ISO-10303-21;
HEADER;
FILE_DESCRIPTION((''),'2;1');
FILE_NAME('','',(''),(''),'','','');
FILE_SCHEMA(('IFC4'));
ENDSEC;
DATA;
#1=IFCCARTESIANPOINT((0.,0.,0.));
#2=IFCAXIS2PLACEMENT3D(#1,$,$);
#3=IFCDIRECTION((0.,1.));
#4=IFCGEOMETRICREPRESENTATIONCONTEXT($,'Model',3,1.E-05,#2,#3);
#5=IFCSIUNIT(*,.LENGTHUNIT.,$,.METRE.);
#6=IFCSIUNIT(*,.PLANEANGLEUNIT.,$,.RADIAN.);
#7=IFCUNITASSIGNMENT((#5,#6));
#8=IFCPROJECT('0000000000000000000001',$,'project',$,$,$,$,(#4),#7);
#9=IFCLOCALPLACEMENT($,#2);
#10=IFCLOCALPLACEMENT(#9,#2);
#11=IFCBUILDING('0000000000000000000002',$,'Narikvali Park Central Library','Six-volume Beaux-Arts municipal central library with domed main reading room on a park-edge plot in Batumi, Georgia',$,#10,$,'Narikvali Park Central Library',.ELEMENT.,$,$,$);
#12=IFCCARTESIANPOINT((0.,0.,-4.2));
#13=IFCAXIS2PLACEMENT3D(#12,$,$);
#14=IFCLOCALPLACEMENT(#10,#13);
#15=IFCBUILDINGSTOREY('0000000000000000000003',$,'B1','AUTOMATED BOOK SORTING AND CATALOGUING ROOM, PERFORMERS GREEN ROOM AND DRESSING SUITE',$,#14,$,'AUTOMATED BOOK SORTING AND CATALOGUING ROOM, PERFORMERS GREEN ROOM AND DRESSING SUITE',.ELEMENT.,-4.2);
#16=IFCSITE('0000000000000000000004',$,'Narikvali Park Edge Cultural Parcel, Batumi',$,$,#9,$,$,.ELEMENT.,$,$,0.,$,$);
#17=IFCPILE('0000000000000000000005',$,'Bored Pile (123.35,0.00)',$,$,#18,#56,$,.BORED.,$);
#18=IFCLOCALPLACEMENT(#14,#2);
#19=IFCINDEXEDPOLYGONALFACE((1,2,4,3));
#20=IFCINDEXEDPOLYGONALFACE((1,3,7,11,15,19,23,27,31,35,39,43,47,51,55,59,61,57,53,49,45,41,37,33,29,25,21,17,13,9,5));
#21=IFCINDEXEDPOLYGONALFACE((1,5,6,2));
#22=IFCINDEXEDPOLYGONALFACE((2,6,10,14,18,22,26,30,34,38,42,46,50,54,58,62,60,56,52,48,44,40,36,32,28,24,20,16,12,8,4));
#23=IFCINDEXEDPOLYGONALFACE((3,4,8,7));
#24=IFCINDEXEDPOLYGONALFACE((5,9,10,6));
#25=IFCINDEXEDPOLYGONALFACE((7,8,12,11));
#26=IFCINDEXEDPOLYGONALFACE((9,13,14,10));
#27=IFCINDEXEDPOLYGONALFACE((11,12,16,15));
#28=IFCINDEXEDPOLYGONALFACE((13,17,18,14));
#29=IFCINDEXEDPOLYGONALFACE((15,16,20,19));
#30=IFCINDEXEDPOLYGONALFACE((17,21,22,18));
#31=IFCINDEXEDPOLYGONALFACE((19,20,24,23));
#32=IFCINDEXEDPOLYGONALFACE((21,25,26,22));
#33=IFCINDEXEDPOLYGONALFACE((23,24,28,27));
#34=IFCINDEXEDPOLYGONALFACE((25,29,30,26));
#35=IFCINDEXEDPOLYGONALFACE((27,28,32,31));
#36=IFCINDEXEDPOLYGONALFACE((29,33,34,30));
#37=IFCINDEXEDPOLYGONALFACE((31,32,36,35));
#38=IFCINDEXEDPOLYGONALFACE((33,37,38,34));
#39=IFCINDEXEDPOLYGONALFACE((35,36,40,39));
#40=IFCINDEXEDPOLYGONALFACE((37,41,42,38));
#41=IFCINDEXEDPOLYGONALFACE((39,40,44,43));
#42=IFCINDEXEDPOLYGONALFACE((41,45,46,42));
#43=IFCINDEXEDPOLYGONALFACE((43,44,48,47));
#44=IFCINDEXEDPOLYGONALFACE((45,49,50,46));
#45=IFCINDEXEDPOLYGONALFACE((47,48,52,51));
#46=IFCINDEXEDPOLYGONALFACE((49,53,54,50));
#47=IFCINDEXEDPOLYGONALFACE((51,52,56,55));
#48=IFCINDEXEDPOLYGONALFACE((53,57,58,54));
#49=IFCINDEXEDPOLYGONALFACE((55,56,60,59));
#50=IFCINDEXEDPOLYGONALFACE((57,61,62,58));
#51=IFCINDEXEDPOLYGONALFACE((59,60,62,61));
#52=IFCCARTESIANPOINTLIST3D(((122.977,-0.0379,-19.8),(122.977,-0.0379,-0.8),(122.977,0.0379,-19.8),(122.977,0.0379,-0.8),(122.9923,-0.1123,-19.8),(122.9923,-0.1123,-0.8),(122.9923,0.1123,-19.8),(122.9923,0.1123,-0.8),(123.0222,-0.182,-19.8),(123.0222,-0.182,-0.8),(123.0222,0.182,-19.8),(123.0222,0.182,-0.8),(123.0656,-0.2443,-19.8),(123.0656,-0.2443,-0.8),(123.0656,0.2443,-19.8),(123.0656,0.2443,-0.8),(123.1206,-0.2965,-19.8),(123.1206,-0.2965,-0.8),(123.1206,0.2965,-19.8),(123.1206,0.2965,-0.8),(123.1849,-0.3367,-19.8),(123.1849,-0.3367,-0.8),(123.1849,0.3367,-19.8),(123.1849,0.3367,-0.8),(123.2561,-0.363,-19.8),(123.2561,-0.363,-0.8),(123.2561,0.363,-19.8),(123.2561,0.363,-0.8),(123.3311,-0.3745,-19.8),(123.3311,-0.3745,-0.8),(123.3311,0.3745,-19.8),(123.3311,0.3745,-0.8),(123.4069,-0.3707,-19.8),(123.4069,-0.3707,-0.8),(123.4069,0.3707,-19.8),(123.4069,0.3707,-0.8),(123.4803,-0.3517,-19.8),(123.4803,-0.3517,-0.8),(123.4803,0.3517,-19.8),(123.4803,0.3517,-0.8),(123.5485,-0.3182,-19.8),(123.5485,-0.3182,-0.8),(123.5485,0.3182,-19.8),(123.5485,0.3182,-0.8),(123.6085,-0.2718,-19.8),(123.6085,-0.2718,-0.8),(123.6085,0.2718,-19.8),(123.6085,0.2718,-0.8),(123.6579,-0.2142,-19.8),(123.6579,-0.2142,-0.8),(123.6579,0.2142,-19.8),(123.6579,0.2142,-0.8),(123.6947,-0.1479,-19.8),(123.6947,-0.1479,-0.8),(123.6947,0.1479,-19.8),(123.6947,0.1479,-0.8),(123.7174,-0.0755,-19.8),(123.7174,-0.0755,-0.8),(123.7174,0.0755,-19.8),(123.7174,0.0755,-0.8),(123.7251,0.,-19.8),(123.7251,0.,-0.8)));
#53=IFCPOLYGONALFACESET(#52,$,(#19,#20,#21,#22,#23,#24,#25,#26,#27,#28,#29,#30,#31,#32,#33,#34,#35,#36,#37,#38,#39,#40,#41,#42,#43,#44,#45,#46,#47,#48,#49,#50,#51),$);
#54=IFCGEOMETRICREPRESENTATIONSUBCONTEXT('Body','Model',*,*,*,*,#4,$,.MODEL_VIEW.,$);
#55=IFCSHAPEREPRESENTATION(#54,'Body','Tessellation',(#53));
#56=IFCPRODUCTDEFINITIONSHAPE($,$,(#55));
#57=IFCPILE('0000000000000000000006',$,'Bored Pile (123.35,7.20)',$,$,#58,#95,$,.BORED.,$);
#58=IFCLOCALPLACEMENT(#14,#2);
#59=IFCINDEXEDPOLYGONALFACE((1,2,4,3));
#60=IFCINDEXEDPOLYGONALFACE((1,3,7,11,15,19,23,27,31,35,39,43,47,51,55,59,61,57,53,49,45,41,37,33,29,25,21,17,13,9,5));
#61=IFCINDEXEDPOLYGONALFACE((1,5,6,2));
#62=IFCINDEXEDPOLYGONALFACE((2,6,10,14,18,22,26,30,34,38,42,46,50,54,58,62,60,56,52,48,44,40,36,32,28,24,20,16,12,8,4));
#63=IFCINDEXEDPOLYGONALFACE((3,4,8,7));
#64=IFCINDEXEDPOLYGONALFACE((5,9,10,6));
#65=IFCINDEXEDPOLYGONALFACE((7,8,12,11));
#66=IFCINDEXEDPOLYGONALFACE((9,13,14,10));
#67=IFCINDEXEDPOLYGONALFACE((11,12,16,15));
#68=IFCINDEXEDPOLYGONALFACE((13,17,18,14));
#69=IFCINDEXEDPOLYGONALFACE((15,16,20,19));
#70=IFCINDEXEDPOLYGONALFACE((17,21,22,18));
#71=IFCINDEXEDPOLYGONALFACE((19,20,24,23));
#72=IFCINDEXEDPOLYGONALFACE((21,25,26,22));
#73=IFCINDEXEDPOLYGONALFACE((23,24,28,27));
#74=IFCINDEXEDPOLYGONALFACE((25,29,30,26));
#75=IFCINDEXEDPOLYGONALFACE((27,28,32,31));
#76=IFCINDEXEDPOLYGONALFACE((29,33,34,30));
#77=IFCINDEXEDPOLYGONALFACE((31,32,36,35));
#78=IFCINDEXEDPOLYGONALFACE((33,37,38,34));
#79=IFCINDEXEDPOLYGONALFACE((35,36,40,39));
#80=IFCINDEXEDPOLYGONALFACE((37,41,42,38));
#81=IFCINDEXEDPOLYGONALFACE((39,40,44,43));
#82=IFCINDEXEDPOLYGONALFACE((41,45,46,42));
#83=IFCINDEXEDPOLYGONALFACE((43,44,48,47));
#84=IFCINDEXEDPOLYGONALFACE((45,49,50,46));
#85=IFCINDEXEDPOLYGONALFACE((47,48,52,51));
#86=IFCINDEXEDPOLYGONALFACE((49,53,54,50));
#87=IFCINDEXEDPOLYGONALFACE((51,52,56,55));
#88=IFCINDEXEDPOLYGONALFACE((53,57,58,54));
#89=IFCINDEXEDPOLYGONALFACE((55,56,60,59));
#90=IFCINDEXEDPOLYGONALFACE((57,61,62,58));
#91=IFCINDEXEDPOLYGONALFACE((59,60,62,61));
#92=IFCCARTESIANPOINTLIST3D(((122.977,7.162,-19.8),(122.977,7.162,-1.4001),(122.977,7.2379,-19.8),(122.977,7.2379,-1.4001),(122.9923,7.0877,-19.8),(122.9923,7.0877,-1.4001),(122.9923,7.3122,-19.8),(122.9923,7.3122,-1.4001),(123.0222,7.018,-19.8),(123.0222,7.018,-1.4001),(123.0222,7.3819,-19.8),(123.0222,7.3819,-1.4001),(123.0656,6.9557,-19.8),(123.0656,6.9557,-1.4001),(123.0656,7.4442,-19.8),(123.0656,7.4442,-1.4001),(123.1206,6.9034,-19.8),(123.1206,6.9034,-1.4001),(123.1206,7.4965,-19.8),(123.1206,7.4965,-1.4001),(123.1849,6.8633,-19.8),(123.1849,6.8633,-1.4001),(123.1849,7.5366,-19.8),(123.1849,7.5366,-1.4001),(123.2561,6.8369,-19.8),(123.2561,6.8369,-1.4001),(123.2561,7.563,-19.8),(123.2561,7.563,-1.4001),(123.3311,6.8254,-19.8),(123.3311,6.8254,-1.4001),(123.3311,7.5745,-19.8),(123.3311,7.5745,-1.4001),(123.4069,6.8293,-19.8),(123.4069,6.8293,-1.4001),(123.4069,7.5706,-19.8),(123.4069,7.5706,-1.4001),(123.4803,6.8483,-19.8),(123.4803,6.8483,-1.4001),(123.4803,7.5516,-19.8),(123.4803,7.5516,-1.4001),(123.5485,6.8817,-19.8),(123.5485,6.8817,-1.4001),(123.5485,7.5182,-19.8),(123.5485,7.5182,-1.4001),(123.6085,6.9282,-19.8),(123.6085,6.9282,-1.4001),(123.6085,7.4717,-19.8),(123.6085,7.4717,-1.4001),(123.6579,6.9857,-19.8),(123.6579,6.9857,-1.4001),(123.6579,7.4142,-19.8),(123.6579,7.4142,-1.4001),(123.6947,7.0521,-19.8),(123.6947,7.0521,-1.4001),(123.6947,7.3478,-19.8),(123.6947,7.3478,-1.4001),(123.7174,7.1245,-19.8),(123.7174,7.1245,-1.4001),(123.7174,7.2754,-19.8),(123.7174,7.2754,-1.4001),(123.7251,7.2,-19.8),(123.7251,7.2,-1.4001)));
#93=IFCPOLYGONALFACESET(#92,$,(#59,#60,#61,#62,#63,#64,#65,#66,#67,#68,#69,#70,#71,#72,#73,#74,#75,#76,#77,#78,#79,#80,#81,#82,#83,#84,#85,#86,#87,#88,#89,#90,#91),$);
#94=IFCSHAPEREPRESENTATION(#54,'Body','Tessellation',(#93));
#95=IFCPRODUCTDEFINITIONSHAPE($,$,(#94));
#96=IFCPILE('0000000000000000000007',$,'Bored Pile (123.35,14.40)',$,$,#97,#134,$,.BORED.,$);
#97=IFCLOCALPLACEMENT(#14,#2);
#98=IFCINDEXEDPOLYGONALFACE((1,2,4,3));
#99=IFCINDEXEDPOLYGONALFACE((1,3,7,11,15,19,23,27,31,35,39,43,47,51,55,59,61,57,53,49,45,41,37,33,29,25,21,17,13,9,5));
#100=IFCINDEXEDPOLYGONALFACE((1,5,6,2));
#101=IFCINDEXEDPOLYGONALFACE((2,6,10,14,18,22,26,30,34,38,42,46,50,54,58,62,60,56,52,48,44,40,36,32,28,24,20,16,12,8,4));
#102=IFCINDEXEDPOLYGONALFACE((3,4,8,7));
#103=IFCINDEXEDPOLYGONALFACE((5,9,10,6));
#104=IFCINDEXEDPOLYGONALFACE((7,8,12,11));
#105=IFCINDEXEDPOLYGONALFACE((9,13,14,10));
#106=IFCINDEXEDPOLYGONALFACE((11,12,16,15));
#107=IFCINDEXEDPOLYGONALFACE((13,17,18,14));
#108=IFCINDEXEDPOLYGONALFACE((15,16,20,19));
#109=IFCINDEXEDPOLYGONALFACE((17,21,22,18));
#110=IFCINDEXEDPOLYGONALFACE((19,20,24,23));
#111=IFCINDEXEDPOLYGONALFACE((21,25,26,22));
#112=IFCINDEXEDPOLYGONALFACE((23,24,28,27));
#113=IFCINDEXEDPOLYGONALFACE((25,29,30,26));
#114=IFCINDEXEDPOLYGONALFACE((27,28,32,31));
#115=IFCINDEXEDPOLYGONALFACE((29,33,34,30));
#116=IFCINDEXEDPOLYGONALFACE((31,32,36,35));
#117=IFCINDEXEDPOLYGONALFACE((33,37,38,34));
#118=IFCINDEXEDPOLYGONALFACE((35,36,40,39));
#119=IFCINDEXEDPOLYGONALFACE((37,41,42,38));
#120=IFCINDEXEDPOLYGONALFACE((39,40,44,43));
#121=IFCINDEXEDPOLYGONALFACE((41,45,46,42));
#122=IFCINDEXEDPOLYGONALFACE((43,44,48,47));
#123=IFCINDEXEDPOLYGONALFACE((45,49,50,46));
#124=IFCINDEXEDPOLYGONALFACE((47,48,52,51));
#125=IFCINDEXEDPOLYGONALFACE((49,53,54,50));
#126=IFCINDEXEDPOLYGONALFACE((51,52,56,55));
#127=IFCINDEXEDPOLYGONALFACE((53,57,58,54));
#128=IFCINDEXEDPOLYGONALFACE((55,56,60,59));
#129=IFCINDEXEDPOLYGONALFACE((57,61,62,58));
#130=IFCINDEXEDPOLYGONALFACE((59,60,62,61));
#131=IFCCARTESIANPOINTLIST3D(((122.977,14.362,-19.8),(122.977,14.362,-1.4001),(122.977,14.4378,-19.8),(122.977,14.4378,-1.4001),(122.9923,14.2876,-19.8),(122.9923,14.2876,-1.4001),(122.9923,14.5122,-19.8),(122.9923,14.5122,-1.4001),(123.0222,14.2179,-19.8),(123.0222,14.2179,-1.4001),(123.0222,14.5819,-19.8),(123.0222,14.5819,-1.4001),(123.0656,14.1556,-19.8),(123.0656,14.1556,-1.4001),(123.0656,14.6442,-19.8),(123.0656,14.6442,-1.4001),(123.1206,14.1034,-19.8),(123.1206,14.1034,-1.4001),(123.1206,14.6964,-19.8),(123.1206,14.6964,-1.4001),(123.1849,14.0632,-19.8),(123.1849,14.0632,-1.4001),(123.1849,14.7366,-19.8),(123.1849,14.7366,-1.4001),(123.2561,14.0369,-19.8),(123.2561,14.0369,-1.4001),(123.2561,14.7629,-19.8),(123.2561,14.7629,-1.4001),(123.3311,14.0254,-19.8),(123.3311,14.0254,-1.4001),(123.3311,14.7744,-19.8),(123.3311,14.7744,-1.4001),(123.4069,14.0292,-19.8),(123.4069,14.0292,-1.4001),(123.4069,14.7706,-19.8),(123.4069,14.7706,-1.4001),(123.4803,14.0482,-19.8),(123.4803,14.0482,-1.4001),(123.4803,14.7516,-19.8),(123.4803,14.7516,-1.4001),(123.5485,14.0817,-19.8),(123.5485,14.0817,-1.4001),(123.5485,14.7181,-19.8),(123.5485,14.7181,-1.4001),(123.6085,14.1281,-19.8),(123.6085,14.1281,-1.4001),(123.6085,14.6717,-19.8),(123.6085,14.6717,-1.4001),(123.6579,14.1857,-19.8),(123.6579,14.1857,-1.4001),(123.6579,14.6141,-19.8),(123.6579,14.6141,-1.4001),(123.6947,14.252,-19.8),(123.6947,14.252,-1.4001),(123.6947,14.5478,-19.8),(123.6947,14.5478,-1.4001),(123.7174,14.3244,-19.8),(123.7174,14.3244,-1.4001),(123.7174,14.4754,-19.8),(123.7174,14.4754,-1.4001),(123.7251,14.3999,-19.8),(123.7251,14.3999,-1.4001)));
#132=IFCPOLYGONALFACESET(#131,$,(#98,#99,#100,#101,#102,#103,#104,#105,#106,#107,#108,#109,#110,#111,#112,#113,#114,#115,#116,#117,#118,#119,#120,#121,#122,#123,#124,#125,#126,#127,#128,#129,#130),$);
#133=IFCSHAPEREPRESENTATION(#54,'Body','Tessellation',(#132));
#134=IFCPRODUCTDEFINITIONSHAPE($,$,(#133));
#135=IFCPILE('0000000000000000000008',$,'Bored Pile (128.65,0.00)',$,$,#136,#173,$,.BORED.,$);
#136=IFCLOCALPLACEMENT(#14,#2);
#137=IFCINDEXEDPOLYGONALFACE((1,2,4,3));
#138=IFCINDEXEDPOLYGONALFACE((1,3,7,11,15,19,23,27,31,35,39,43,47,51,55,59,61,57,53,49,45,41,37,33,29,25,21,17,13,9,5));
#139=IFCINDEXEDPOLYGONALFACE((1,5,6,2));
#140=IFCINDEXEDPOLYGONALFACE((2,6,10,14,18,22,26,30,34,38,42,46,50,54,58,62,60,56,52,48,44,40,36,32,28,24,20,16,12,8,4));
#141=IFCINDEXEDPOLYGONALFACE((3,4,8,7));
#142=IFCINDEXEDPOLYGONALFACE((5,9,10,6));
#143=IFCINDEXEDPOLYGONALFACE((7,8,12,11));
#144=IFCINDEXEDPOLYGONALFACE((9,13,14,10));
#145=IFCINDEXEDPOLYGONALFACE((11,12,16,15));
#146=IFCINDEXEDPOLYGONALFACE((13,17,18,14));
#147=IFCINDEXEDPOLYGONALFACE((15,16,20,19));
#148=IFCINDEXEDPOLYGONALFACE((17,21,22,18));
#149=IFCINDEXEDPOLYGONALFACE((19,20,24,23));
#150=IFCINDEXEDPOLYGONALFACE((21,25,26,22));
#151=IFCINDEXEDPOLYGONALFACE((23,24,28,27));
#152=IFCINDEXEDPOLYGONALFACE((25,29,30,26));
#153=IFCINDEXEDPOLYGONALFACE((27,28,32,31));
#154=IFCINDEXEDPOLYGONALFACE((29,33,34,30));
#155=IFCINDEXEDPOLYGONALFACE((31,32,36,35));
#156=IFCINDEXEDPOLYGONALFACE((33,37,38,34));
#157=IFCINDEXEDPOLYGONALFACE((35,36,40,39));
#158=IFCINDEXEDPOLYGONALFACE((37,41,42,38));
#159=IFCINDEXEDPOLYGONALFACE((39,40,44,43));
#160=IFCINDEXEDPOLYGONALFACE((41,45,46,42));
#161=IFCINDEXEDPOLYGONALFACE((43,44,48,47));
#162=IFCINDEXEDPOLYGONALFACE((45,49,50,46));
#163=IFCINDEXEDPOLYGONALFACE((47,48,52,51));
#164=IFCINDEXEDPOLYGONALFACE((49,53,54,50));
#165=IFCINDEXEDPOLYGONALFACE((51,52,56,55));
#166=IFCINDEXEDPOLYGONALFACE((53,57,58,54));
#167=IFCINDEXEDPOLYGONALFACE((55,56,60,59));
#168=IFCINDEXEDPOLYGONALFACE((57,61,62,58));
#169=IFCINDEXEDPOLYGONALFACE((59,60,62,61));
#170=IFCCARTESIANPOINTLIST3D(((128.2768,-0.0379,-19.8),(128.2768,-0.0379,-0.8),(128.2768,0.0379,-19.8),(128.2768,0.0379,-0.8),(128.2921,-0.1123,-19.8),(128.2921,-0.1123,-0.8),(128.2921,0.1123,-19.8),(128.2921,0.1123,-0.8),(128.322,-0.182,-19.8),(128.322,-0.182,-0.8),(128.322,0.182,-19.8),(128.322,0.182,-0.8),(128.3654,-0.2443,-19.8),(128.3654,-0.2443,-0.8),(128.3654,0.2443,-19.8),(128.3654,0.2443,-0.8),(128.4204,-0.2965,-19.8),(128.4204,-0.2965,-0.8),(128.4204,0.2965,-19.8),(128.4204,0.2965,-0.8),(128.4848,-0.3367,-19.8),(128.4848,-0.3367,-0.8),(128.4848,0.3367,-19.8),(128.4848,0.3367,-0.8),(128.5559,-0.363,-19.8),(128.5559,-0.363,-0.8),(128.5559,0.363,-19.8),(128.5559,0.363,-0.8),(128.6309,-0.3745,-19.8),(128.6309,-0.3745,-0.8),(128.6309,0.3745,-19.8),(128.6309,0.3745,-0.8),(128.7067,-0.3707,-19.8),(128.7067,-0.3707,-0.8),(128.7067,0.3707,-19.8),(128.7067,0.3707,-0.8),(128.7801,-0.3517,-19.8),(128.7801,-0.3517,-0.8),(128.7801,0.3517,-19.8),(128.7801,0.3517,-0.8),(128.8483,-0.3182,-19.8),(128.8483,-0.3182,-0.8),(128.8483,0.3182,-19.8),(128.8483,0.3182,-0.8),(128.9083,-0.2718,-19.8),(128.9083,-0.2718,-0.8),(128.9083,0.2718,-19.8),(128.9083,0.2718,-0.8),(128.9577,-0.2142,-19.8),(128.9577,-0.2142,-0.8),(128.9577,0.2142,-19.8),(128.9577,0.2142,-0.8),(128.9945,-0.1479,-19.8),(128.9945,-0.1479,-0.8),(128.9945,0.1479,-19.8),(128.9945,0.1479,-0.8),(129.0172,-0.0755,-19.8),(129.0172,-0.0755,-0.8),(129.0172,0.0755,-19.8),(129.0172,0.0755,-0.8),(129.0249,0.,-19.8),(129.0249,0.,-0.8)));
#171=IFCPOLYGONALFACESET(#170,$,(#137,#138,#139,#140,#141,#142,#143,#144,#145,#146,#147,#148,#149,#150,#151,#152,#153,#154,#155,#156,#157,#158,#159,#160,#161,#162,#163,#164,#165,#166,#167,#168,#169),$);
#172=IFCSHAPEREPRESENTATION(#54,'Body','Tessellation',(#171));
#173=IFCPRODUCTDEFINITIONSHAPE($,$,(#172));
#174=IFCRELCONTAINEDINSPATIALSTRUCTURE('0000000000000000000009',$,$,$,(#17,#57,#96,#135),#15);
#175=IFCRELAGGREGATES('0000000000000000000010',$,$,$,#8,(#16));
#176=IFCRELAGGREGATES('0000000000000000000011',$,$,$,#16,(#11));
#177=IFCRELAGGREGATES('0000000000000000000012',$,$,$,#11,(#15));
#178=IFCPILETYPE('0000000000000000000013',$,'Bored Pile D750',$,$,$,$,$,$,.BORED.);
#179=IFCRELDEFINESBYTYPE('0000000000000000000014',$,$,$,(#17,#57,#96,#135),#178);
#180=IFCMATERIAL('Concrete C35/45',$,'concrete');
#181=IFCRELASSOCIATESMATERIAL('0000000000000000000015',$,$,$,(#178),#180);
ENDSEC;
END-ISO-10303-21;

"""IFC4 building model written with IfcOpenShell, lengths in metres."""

from ifc_helpers import new_model, si_unit, direction, frame, origin, origin_2d, place, context, subcontext, project, spatial, circle, extrude, material, material_profile, profile_set, type_object, element, save


model = new_model("IFC4")

# Units and contexts
model_context = context("Model", 3, precision=1e-05, world=origin(), true_north=direction((0.0, 1.0)))
body_context = subcontext(model_context, "Body", "Model", "MODEL_VIEW")
ifc_project = project(units=[si_unit("LENGTHUNIT", "METRE"), si_unit("PLANEANGLEUNIT", "RADIAN")], contexts=[model_context])

# Site, building, storey
site_placement = place(None, origin())
site = spatial("IfcSite", under=ifc_project, at=site_placement, Name="Narikvali Park Edge Cultural Parcel, Batumi", CompositionType="ELEMENT", RefElevation=0.0)
building_placement = place(site_placement, origin())
building = spatial("IfcBuilding", under=site, at=building_placement, Name="Narikvali Park Central Library", Description="Six-volume Beaux-Arts municipal central library with domed main reading room on a park-edge plot in Batumi, Georgia", LongName="Narikvali Park Central Library", CompositionType="ELEMENT")
storey_placement = place(building_placement, frame((0.0, 0.0, -4.2)))
storey = spatial("IfcBuildingStorey", under=building, at=storey_placement, Name="B1", Description="AUTOMATED BOOK SORTING AND CATALOGUING ROOM, PERFORMERS GREEN ROOM AND DRESSING SUITE", LongName="AUTOMATED BOOK SORTING AND CATALOGUING ROOM, PERFORMERS GREEN ROOM AND DRESSING SUITE", CompositionType="ELEMENT", Elevation=-4.2)

# Piles
ifc_material_1 = material(Name="Concrete C35/45", Category="concrete")
ifc_material_profile_1 = material_profile(ifc_material_1, circle(Radius=0.375, at=origin_2d()), Name="PILE D750")
ifc_profile_set_1 = profile_set([ifc_material_profile_1], Name="Concrete C35/45")
pile_type = type_object("IfcPileType", Name="Bored Pile D750", PredefinedType="BORED", material=ifc_profile_set_1)
pile_1_placement = place(storey_placement, frame((123.3501, 0.0, -0.8), z_axis=(0.0, 0.0, -1.0), x_axis=(1.0, 0.0, 0.0)))
element("IfcPile", 1, at=pile_1_placement, inside=storey, type_object=pile_type, Name="Bored Pile (123.35,0.00)", PredefinedType="BORED", context=body_context, shape_type="SweptSolid", body=[
    extrude(circle(Radius=0.375, at=origin_2d()), origin(), (0.0, 0.0, 1.0), 19.0),
])
for number, where, z_axis, x_axis, name in (
    (2, (123.3501, 7.2, -1.4001), (0.0, 0.0, -1.0), (1.0, 0.0, 0.0), "Bored Pile (123.35,7.20)"),
    (3, (123.3501, 14.3999, -1.4001), (0.0, 0.0, -1.0), (1.0, 0.0, 0.0), "Bored Pile (123.35,14.40)"),
):
    element("IfcPile", number, at=place(storey_placement, frame(where, z_axis=z_axis, x_axis=x_axis)), inside=storey, type_object=pile_type, Name=name, PredefinedType="BORED", context=body_context, shape_type="SweptSolid", body=[
        extrude(circle(Radius=0.375, at=origin_2d()), origin(), (0.0, 0.0, 1.0), 18.3999),
    ])
pile_2_placement = place(storey_placement, frame((128.6499, 0.0, -0.8), z_axis=(0.0, 0.0, -1.0), x_axis=(1.0, 0.0, 0.0)))
element("IfcPile", 4, at=pile_2_placement, inside=storey, type_object=pile_type, Name="Bored Pile (128.65,0.00)", PredefinedType="BORED", context=body_context, shape_type="SweptSolid", body=[
    extrude(circle(Radius=0.375, at=origin_2d()), origin(), (0.0, 0.0, 1.0), 19.0),
])

save(model, "model.ifc")
